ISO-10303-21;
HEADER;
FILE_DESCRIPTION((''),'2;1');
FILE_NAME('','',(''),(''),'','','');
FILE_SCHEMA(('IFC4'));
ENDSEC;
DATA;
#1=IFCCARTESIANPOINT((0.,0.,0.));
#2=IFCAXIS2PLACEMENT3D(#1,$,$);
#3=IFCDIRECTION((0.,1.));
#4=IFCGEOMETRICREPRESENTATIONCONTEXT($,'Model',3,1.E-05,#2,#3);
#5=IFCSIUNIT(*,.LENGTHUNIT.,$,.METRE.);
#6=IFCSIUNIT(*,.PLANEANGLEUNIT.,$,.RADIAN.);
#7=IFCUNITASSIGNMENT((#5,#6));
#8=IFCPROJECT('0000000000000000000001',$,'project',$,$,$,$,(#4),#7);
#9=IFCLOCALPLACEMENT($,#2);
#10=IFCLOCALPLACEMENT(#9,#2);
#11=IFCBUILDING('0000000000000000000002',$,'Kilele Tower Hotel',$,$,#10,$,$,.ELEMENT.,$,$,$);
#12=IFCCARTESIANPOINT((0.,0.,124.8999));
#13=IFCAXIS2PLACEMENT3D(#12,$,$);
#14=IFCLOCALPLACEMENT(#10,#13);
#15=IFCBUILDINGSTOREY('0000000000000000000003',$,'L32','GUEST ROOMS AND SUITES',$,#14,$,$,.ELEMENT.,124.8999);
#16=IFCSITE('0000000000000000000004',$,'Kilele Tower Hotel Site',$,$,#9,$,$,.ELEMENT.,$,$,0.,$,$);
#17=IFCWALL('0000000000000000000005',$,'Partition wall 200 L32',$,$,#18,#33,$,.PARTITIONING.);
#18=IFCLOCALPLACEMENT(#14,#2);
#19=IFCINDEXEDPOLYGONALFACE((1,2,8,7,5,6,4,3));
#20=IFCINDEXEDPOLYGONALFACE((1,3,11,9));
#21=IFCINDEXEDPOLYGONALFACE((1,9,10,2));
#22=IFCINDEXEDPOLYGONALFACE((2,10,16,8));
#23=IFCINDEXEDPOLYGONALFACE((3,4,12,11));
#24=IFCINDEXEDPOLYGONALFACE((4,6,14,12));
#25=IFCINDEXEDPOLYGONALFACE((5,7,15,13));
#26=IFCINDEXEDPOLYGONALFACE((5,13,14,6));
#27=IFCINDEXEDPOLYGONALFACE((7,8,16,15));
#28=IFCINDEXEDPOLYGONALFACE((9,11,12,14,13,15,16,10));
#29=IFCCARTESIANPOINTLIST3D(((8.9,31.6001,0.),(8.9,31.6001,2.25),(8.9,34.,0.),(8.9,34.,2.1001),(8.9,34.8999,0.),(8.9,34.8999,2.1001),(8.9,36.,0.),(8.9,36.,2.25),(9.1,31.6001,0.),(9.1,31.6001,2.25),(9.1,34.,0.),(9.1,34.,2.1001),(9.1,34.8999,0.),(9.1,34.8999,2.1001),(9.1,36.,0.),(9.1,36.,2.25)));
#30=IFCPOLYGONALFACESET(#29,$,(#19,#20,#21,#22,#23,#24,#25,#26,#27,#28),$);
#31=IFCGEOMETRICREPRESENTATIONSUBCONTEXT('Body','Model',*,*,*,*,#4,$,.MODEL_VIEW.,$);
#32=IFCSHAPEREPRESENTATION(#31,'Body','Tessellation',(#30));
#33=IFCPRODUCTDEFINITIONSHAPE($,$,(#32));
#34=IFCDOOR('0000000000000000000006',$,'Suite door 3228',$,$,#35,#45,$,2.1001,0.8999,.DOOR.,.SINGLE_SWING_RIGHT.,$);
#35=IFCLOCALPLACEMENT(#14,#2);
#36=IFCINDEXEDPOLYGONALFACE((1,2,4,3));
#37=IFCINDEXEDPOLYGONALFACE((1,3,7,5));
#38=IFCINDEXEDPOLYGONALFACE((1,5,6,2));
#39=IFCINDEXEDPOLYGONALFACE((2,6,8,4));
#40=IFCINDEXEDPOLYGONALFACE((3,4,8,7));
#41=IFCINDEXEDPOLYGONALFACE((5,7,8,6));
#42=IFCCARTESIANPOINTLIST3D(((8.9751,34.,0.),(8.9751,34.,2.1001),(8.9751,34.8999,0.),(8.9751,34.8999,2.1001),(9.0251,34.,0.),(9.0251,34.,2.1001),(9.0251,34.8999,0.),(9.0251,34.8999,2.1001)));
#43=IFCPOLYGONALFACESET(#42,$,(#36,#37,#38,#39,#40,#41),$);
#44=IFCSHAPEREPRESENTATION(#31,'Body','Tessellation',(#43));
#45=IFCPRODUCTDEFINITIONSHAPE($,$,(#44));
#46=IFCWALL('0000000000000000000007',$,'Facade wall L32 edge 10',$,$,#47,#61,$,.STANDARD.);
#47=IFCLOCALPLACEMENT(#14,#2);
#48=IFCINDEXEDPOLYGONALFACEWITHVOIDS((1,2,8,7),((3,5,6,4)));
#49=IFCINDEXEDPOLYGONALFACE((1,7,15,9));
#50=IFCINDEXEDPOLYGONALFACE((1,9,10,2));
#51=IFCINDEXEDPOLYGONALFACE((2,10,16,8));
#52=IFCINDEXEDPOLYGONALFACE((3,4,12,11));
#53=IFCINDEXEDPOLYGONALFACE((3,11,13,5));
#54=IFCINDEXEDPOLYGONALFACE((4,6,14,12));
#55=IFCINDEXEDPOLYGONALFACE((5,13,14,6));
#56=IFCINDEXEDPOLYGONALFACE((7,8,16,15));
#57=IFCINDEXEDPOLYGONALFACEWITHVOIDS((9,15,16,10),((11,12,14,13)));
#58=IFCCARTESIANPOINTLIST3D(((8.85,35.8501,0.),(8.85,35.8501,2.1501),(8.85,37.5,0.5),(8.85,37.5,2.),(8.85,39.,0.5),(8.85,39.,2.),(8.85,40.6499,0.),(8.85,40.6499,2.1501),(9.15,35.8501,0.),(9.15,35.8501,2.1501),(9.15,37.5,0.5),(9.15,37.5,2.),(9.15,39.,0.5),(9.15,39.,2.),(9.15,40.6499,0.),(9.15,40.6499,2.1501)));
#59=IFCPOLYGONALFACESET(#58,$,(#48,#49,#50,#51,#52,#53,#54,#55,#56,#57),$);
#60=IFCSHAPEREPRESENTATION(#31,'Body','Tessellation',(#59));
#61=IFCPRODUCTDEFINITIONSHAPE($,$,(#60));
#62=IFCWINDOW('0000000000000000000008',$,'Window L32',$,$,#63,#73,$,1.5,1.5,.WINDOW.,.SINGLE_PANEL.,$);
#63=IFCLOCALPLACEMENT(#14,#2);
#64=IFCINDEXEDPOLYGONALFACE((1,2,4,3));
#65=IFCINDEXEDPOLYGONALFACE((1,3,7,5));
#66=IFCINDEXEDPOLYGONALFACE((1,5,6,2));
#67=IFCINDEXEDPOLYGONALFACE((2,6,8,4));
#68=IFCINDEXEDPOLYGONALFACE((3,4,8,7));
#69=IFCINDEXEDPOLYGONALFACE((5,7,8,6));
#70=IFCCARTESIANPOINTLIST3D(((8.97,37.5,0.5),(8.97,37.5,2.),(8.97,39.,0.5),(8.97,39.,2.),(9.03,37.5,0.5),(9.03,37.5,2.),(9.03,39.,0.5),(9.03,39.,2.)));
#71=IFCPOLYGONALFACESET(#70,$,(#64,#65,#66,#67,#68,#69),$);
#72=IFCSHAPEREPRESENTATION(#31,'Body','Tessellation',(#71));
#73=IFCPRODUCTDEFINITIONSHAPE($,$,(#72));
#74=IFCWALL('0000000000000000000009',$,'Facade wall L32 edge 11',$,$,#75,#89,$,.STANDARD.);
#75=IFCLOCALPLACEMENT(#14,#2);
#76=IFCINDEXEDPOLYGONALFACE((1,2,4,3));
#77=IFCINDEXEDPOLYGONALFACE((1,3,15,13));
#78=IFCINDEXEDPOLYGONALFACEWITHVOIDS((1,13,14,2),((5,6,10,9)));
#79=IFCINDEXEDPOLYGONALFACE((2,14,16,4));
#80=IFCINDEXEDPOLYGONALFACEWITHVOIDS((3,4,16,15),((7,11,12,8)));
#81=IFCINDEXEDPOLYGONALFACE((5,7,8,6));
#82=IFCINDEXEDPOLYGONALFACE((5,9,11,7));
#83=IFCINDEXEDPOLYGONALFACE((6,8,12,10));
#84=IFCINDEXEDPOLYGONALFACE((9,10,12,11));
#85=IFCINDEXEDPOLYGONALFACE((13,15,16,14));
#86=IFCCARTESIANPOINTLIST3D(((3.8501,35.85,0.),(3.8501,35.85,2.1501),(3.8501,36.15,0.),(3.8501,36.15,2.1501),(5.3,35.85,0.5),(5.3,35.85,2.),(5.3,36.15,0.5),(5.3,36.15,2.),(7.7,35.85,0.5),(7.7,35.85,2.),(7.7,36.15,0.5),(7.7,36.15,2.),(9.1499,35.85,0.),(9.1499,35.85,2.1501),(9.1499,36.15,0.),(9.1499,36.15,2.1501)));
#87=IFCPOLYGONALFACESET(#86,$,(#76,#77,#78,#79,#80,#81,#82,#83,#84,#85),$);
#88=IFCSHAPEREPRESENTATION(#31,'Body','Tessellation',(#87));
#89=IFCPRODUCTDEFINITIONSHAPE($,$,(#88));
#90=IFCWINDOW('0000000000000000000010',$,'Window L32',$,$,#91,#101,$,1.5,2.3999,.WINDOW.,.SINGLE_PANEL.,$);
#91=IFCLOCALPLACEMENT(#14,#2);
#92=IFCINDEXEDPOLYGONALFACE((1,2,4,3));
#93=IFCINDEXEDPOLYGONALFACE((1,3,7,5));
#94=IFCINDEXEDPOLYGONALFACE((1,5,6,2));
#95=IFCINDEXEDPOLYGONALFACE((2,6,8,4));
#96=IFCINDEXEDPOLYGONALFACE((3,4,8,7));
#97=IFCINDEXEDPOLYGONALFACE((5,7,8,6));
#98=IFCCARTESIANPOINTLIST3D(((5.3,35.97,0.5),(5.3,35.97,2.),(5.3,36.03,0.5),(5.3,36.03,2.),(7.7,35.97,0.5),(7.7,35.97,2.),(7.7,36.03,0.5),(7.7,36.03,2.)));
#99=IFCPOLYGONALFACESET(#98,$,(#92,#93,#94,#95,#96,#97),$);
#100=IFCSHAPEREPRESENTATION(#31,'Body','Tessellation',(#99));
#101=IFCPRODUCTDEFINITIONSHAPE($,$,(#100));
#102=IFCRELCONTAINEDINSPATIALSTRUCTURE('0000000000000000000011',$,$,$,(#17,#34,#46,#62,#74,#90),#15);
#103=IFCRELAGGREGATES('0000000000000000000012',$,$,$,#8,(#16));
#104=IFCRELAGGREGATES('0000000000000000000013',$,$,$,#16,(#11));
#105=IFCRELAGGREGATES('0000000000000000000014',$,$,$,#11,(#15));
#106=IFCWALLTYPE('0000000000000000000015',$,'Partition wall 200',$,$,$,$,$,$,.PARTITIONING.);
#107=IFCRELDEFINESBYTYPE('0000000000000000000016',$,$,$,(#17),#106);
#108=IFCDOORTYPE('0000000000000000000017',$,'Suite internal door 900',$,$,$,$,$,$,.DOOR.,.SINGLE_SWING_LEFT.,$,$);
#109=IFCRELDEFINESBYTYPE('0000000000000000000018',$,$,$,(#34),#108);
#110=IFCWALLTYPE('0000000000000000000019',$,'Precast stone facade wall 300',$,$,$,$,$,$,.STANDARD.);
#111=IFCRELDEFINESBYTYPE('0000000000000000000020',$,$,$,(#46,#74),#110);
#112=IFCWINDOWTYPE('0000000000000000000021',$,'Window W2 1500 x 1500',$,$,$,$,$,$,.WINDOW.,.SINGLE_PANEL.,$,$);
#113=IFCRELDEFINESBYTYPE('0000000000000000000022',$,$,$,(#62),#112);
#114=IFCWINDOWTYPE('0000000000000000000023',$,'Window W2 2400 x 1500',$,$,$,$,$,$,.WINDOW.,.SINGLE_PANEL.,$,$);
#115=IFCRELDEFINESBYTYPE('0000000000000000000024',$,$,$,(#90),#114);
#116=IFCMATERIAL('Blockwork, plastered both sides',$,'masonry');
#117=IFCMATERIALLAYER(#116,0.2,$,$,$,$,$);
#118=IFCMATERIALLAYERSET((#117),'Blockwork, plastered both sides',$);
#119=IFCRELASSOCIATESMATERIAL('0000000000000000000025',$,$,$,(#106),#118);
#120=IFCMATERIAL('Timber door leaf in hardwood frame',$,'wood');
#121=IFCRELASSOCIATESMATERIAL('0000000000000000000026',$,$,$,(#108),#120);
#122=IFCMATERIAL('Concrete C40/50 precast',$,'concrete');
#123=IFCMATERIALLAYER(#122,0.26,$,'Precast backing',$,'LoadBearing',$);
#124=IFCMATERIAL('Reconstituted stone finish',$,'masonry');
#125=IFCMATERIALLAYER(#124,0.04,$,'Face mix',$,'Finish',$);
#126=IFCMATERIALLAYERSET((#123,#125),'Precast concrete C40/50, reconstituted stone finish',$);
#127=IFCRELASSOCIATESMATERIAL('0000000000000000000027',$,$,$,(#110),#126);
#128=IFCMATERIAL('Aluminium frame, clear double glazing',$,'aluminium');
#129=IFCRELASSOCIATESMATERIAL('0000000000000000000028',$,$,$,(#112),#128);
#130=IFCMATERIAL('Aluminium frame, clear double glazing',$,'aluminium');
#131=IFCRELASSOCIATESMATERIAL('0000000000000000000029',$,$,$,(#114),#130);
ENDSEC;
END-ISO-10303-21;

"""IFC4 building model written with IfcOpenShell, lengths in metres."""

from ifc_helpers import new_model, si_unit, direction, frame, frame_2d, origin, place, context, subcontext, project, spatial, rectangle, extrude, material, layer, layer_set, type_object, element, fill, save


model = new_model("IFC4")

# Units and contexts
model_context = context("Model", 3, precision=1e-05, world=origin(), true_north=direction((0.0, 1.0)))
body_context = subcontext(model_context, "Body", "Model", "MODEL_VIEW")
ifc_project = project(units=[si_unit("LENGTHUNIT", "METRE"), si_unit("PLANEANGLEUNIT", "RADIAN")], contexts=[model_context])

# Site, building, storey
site_placement = place(None, origin())
site = spatial("IfcSite", under=ifc_project, at=site_placement, Name="Kilele Tower Hotel Site", CompositionType="ELEMENT", RefElevation=0.0)
building_placement = place(site_placement, origin())
building = spatial("IfcBuilding", under=site, at=building_placement, Name="Kilele Tower Hotel", CompositionType="ELEMENT")
storey_placement = place(building_placement, frame((0.0, 0.0, 124.8999)))
storey = spatial("IfcBuildingStorey", under=building, at=storey_placement, Name="L32", Description="GUEST ROOMS AND SUITES", CompositionType="ELEMENT", Elevation=124.8999)

# Wall, opening, door
ifc_material_1 = material(Name="Blockwork, plastered both sides", Category="masonry")
ifc_layer_1 = layer(ifc_material_1, 0.2)
ifc_layer_set_1 = layer_set([ifc_layer_1], Name="Blockwork, plastered both sides")
wall_type_1 = type_object("IfcWallType", Name="Partition wall 200", PredefinedType="PARTITIONING", material=ifc_layer_set_1)
wall_1_placement = place(storey_placement, frame((9.0, 31.6001, 0.0), z_axis=(0.0, 0.0, 1.0), x_axis=(0.0, 1.0, 0.0)))
wall_1 = element("IfcWall", 1, at=wall_1_placement, inside=storey, type_object=wall_type_1, Name="Partition wall 200 L32", PredefinedType="PARTITIONING", context=body_context, shape_type="SweptSolid", body=[
    extrude(rectangle(XDim=4.3999, YDim=0.2, at=frame_2d((2.2, 0.0))), origin(), (0.0, 0.0, 1.0), 2.25),
])
opening_1_placement = place(wall_1_placement, frame((2.3999, 0.0, 0.0)))
opening_1 = element("IfcOpeningElement", 2, at=opening_1_placement, cuts=wall_1, PredefinedType="OPENING", context=body_context, shape_type="SweptSolid", body=[
    extrude(rectangle(XDim=0.8999, YDim=2.1001, at=frame_2d((0.45, 1.05))), frame((0.0, 0.1099, 0.0), z_axis=(0.0, -1.0, 0.0), x_axis=(1.0, 0.0, 0.0)), (0.0, 0.0, 1.0), 0.22),
])
ifc_material_2 = material(Name="Timber door leaf in hardwood frame", Category="wood")
door_type_1 = type_object("IfcDoorType", Name="Suite internal door 900", OperationType="SINGLE_SWING_LEFT", PredefinedType="DOOR", material=ifc_material_2)
door_1_placement = place(opening_1_placement, origin())
door_1 = element("IfcDoor", 3, at=door_1_placement, inside=storey, type_object=door_type_1, Name="Suite door 3228", OperationType="SINGLE_SWING_RIGHT", OverallHeight=2.1001, OverallWidth=0.8999, PredefinedType="DOOR", context=body_context, shape_type="SweptSolid", body=[
    extrude(rectangle(XDim=0.8999, YDim=2.1001, at=frame_2d((0.45, 1.05))), frame((0.0, 0.0249, 0.0), z_axis=(0.0, -1.0, 0.0), x_axis=(1.0, 0.0, 0.0)), (0.0, 0.0, 1.0), 0.05),
])
fill(opening_1, door_1)

# Walls, openings, windows
ifc_material_3 = material(Name="Concrete C40/50 precast", Category="concrete")
ifc_layer_2 = layer(ifc_material_3, 0.26, Name="Precast backing", Category="LoadBearing")
ifc_material_4 = material(Name="Reconstituted stone finish", Category="masonry")
ifc_layer_3 = layer(ifc_material_4, 0.04, Name="Face mix", Category="Finish")
ifc_layer_set_2 = layer_set([ifc_layer_2, ifc_layer_3], Name="Precast concrete C40/50, reconstituted stone finish")
wall_type_2 = type_object("IfcWallType", Name="Precast stone facade wall 300", PredefinedType="STANDARD", material=ifc_layer_set_2)
wall_2_placement = place(storey_placement, frame((9.0, 40.6499, 0.0), z_axis=(0.0, 0.0, 1.0), x_axis=(0.0, -1.0, 0.0)))
wall_2 = element("IfcWall", 4, at=wall_2_placement, inside=storey, type_object=wall_type_2, Name="Facade wall L32 edge 10", PredefinedType="STANDARD", context=body_context, shape_type="SweptSolid", body=[
    extrude(rectangle(XDim=4.7998, YDim=0.3, at=frame_2d((2.3999, 0.0))), origin(), (0.0, 0.0, 1.0), 2.1501),
])
opening_2_placement = place(wall_2_placement, frame((1.6499, 0.0, 0.5)))
opening_2 = element("IfcOpeningElement", 5, at=opening_2_placement, cuts=wall_2, PredefinedType="OPENING", context=body_context, shape_type="SweptSolid", body=[
    extrude(rectangle(XDim=1.5, YDim=1.5, at=frame_2d((0.75, 0.75))), frame((0.0, 0.1599, 0.0), z_axis=(0.0, -1.0, 0.0), x_axis=(1.0, 0.0, 0.0)), (0.0, 0.0, 1.0), 0.3201),
])
ifc_material_5 = material(Name="Aluminium frame, clear double glazing", Category="aluminium")
window_type_1 = type_object("IfcWindowType", Name="Window W2 1500 x 1500", PartitioningType="SINGLE_PANEL", PredefinedType="WINDOW", material=ifc_material_5)
window_1_placement = place(opening_2_placement, origin())
window_1 = element("IfcWindow", 6, at=window_1_placement, inside=storey, type_object=window_type_1, Name="Window L32", OverallHeight=1.5, OverallWidth=1.5, PartitioningType="SINGLE_PANEL", PredefinedType="WINDOW", context=body_context, shape_type="SweptSolid", body=[
    extrude(rectangle(XDim=1.5, YDim=1.5, at=frame_2d((0.75, 0.75))), frame((0.0, 0.03, 0.0), z_axis=(0.0, -1.0, 0.0), x_axis=(1.0, 0.0, 0.0)), (0.0, 0.0, 1.0), 0.0601),
])
fill(opening_2, window_1)
wall_3_placement = place(storey_placement, frame((9.1499, 36.0, 0.0), z_axis=(0.0, 0.0, 1.0), x_axis=(-1.0, 0.0, 0.0)))
wall_3 = element("IfcWall", 7, at=wall_3_placement, inside=storey, type_object=wall_type_2, Name="Facade wall L32 edge 11", PredefinedType="STANDARD", context=body_context, shape_type="SweptSolid", body=[
    extrude(rectangle(XDim=5.2998, YDim=0.3, at=frame_2d((2.6499, 0.0))), origin(), (0.0, 0.0, 1.0), 2.1501),
])
opening_3_placement = place(wall_3_placement, frame((1.45, 0.0, 0.5)))
opening_3 = element("IfcOpeningElement", 8, at=opening_3_placement, cuts=wall_3, PredefinedType="OPENING", context=body_context, shape_type="SweptSolid", body=[
    extrude(rectangle(XDim=2.3999, YDim=1.5, at=frame_2d((1.2, 0.75))), frame((0.0, 0.1599, 0.0), z_axis=(0.0, -1.0, 0.0), x_axis=(1.0, 0.0, 0.0)), (0.0, 0.0, 1.0), 0.3201),
])
ifc_material_6 = material(Name="Aluminium frame, clear double glazing", Category="aluminium")
window_type_2 = type_object("IfcWindowType", Name="Window W2 2400 x 1500", PartitioningType="SINGLE_PANEL", PredefinedType="WINDOW", material=ifc_material_6)
window_2_placement = place(opening_3_placement, origin())
window_2 = element("IfcWindow", 9, at=window_2_placement, inside=storey, type_object=window_type_2, Name="Window L32", OverallHeight=1.5, OverallWidth=2.3999, PartitioningType="SINGLE_PANEL", PredefinedType="WINDOW", context=body_context, shape_type="SweptSolid", body=[
    extrude(rectangle(XDim=2.3999, YDim=1.5, at=frame_2d((1.2, 0.75))), frame((0.0, 0.03, 0.0), z_axis=(0.0, -1.0, 0.0), x_axis=(1.0, 0.0, 0.0)), (0.0, 0.0, 1.0), 0.0601),
])
fill(opening_3, window_2)

save(model, "model.ifc")
